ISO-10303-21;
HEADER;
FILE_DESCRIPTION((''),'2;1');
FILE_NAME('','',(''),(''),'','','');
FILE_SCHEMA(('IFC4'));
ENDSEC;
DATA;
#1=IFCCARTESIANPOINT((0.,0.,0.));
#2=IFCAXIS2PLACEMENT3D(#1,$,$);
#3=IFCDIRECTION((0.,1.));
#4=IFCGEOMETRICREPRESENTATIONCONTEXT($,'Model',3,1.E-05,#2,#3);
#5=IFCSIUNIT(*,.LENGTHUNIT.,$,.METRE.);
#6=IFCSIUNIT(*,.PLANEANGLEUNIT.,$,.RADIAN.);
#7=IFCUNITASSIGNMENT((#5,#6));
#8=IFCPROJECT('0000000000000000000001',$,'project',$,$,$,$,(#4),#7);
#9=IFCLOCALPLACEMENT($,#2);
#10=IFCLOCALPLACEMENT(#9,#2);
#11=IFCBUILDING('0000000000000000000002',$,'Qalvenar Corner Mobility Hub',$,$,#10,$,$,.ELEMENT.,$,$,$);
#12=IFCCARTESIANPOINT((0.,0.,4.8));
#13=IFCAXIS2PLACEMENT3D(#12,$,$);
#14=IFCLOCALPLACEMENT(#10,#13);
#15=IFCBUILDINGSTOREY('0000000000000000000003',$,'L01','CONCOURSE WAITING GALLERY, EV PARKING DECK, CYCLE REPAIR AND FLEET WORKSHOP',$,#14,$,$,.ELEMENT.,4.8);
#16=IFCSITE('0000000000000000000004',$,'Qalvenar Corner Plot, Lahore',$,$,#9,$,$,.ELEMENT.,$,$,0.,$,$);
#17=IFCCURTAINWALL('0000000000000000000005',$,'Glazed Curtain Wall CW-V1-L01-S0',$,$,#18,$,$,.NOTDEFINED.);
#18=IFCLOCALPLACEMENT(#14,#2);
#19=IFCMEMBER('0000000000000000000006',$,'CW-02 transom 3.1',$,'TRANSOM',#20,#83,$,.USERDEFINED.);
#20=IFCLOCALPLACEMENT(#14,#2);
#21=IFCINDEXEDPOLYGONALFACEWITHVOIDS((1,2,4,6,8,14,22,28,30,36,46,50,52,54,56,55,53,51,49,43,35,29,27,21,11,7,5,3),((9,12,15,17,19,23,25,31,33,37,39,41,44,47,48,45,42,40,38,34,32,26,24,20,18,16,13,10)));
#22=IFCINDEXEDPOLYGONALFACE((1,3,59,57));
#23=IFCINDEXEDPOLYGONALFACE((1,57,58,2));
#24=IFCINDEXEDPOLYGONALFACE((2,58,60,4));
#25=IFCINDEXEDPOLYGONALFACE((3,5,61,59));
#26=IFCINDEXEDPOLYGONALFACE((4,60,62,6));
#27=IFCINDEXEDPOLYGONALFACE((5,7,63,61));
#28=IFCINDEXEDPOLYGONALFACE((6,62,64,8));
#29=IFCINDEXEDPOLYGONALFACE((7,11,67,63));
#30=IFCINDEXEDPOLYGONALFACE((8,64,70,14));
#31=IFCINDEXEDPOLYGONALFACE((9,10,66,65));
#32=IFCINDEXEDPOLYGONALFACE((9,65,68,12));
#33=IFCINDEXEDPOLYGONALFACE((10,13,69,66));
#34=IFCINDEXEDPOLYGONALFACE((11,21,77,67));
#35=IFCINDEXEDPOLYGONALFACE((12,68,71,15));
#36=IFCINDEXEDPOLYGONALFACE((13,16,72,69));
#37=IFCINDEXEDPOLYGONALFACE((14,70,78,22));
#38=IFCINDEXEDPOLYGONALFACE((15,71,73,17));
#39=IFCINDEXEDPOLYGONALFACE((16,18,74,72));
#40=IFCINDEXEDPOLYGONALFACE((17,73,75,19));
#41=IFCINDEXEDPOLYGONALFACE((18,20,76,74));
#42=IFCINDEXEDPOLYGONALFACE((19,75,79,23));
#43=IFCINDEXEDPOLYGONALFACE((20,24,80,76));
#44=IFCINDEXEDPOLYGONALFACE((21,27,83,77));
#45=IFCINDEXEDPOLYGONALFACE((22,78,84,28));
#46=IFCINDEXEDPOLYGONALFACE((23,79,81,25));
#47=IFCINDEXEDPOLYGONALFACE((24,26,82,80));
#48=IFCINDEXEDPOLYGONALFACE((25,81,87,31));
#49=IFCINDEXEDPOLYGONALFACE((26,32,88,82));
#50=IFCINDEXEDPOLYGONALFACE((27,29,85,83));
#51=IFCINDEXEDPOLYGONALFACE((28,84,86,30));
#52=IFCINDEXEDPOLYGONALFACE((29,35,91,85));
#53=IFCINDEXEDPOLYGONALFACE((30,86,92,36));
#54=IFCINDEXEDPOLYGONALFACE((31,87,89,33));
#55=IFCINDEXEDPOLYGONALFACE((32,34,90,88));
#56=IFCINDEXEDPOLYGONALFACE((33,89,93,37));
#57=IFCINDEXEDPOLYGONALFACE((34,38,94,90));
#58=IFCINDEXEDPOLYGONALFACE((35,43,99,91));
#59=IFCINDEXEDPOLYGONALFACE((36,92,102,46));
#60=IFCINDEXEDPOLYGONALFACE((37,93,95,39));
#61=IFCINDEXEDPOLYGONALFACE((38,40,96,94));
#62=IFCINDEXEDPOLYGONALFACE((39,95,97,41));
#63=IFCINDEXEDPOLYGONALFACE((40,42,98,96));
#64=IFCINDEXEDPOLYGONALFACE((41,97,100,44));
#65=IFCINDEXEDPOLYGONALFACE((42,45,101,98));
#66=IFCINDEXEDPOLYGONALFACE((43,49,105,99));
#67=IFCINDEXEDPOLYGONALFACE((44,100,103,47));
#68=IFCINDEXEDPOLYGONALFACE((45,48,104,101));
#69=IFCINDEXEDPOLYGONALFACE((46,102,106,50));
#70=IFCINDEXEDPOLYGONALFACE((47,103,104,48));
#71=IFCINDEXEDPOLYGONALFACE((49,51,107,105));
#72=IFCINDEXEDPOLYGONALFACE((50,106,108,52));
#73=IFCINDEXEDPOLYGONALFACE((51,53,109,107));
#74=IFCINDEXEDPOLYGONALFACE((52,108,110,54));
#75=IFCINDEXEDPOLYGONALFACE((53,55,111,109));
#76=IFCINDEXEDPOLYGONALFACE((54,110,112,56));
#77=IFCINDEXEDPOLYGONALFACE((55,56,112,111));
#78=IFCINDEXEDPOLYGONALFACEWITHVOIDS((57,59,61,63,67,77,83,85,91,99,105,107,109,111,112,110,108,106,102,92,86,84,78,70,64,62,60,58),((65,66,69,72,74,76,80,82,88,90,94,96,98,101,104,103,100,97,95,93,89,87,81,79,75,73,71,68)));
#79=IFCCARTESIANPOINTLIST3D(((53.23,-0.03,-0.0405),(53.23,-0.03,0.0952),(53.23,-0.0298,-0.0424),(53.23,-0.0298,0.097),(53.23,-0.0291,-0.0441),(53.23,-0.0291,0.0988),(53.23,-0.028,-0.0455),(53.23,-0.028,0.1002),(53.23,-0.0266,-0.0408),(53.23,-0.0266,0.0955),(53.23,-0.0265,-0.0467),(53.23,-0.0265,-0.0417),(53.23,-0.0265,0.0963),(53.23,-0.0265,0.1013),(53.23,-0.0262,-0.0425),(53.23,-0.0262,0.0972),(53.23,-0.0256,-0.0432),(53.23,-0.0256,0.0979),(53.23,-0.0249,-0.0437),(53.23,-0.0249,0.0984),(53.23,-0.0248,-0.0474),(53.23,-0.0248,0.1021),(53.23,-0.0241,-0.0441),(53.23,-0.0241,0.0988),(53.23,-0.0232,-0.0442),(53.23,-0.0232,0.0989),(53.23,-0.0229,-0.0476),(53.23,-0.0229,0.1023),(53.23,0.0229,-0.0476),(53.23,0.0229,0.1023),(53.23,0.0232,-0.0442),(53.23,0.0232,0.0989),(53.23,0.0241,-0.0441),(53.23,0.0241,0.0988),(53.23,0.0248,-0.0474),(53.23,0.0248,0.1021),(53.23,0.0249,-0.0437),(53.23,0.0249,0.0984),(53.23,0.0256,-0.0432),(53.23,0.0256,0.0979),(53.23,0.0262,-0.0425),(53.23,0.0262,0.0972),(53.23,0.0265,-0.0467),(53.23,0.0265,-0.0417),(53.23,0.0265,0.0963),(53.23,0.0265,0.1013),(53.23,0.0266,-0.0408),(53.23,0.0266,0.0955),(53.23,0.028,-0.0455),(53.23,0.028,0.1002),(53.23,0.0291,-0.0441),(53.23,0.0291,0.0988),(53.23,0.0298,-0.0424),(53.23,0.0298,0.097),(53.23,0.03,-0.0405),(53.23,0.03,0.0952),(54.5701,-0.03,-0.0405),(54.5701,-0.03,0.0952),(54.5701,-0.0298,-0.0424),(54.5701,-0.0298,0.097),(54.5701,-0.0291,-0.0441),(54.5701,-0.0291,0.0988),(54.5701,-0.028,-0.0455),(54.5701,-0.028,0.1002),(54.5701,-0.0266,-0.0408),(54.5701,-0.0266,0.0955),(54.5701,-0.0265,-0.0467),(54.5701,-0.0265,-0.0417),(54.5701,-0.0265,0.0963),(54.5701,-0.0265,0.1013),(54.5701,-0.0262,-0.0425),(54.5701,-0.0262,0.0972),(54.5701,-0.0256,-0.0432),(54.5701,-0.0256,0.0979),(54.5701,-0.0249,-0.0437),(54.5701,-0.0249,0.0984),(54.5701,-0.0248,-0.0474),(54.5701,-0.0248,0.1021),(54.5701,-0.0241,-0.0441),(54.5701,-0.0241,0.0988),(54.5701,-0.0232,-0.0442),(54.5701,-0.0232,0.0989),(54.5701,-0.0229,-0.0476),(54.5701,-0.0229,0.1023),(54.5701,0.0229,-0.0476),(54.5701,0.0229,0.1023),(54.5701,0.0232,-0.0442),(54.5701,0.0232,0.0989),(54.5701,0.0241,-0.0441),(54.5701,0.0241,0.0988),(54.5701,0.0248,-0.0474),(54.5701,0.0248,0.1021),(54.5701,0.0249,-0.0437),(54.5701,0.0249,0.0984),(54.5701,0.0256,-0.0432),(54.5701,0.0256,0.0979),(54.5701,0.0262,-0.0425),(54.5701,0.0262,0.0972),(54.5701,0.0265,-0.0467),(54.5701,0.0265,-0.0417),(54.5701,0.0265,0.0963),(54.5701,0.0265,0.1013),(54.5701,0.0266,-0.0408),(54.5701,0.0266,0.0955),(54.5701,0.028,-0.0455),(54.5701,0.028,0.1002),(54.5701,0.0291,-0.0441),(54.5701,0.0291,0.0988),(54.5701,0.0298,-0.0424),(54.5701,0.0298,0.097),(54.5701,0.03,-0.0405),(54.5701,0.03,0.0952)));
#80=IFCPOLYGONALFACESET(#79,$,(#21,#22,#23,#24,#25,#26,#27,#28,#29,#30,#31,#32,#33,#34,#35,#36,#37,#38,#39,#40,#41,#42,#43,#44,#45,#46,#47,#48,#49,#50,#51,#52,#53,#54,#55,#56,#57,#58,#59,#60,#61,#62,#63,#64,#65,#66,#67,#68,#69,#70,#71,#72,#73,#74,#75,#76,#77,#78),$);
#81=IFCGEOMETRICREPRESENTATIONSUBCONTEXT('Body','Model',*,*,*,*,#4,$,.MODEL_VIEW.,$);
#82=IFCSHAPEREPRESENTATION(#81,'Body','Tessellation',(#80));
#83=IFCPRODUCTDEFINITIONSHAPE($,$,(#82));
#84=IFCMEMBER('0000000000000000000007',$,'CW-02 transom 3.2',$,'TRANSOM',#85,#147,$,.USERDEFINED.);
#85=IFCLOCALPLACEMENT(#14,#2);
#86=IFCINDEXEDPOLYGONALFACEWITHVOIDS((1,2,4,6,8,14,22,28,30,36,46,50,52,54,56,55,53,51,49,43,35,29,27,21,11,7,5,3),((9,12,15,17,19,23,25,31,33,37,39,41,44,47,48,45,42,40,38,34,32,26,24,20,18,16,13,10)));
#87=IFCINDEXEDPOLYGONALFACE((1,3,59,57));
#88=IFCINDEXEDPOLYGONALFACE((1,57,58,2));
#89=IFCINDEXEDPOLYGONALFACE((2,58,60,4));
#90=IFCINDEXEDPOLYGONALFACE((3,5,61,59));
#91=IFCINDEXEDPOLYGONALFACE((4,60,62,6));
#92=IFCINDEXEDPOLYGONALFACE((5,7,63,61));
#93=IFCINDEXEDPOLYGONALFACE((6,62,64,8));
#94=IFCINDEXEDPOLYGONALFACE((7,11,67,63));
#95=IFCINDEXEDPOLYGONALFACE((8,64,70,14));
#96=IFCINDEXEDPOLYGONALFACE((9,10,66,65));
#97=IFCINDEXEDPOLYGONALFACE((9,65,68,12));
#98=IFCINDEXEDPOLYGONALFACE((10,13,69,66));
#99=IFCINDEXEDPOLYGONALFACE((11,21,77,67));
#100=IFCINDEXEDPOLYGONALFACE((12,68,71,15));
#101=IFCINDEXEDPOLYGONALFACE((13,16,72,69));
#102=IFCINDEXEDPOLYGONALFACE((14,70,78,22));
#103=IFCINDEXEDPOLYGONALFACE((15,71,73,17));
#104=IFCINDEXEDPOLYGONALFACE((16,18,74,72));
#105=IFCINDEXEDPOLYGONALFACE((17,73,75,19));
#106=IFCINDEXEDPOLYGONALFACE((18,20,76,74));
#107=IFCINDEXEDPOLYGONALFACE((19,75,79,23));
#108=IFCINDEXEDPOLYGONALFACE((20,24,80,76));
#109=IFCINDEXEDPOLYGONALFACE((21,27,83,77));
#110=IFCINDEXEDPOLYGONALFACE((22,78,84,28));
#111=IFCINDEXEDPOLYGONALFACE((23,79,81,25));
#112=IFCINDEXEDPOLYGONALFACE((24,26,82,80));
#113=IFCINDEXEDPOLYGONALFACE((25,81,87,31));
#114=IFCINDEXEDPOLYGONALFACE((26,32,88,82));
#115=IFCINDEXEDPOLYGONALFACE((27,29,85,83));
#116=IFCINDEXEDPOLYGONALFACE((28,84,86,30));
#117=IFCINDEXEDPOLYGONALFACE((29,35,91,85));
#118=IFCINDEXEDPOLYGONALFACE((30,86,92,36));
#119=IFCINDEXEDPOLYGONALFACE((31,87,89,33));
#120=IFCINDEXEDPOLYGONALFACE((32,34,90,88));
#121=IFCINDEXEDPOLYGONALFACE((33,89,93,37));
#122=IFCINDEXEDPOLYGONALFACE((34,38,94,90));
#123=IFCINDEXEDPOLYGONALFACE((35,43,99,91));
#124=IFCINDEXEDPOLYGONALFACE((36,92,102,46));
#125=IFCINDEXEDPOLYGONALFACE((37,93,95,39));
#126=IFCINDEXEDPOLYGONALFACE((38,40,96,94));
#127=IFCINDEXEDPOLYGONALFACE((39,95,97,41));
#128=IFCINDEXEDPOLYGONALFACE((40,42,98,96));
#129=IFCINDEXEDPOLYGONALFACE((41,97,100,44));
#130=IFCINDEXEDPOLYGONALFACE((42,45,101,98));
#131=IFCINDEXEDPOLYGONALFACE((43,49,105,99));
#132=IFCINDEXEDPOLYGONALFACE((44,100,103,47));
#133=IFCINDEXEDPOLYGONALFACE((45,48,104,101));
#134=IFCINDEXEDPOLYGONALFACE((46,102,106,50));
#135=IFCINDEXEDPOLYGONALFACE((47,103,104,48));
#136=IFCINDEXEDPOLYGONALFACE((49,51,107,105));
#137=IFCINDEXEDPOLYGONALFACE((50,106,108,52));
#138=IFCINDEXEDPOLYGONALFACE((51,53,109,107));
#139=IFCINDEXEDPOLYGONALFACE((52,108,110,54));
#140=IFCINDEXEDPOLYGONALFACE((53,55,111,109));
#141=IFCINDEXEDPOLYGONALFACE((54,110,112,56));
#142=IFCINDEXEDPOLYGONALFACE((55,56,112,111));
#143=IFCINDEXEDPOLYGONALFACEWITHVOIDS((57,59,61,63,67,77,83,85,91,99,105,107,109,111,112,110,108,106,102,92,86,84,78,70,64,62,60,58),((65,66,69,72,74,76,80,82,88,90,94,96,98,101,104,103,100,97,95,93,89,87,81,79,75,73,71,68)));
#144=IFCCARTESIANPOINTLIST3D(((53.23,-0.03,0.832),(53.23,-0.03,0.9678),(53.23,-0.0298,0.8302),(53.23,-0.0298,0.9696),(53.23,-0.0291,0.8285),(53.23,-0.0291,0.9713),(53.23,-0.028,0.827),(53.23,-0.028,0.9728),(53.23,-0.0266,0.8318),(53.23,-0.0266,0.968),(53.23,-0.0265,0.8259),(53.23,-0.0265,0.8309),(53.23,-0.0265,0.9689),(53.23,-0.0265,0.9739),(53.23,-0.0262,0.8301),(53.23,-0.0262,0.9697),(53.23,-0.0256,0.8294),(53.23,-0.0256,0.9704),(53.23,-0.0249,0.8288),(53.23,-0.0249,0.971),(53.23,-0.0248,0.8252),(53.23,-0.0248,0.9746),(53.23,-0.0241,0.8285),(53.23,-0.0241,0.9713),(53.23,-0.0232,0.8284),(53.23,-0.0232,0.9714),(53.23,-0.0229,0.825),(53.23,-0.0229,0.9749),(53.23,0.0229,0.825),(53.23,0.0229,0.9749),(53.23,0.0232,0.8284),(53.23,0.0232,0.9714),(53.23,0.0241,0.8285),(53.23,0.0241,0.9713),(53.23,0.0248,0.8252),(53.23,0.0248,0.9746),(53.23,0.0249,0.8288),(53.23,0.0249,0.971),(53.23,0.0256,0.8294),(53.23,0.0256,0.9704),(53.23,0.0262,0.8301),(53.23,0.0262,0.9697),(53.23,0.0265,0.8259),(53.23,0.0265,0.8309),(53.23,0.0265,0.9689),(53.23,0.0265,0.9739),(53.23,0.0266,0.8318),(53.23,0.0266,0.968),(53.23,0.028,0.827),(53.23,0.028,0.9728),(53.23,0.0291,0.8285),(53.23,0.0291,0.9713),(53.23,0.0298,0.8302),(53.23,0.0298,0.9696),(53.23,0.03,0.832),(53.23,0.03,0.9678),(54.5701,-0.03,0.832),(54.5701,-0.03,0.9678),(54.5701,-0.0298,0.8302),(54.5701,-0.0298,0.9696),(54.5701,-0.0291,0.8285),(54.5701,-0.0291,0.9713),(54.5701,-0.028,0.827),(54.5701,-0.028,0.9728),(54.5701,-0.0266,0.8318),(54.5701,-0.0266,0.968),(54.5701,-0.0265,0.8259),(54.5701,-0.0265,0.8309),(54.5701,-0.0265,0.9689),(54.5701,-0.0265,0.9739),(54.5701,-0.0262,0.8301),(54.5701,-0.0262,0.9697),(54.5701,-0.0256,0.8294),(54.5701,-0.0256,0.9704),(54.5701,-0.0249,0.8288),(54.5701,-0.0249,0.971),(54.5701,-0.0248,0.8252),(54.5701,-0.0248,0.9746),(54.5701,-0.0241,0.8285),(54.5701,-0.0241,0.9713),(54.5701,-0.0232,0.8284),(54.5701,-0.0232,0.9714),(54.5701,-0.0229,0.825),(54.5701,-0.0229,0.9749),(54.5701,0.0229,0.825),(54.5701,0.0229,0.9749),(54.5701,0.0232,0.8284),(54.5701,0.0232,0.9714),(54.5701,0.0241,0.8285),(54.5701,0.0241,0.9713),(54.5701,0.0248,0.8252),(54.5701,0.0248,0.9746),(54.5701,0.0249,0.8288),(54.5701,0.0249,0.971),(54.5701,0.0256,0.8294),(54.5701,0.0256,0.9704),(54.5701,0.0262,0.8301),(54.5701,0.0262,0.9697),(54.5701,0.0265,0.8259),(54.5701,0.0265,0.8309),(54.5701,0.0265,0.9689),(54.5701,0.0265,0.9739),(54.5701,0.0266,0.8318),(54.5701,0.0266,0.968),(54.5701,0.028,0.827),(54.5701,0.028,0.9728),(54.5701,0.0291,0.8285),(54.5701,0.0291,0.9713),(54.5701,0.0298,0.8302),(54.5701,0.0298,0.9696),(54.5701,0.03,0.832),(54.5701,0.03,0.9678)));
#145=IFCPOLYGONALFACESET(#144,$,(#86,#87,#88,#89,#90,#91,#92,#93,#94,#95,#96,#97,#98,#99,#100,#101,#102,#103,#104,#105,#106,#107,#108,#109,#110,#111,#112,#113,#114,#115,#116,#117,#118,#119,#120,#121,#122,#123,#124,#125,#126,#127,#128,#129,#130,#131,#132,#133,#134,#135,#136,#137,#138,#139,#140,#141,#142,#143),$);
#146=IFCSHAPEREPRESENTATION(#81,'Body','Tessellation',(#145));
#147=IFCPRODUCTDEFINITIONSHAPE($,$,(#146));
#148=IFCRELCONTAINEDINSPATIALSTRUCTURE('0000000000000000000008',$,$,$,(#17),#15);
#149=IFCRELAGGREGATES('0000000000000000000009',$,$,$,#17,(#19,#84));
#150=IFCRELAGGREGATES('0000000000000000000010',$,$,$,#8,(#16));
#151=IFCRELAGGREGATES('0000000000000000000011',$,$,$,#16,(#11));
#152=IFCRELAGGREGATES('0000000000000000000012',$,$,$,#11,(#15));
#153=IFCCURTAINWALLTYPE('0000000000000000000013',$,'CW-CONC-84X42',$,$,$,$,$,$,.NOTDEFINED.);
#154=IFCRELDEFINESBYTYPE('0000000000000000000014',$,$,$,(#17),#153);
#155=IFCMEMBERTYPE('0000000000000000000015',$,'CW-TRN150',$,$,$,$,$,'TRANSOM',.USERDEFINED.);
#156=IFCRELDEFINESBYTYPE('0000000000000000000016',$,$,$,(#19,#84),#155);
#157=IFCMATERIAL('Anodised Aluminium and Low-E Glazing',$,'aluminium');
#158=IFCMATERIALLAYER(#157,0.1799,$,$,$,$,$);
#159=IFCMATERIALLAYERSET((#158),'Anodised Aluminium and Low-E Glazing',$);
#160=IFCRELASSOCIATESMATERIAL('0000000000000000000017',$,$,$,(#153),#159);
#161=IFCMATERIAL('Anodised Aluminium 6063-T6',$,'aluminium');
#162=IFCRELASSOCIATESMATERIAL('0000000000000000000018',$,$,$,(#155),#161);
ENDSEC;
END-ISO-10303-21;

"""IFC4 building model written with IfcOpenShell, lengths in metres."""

from ifc_helpers import new_model, si_unit, direction, frame, origin, origin_2d, place, context, subcontext, project, spatial, hollow_rectangle, extrude, material, layer, layer_set, material_profile, profile_set, type_object, element, aggregate, save


model = new_model("IFC4")

# Units and contexts
model_context = context("Model", 3, precision=1e-05, world=origin(), true_north=direction((0.0, 1.0)))
body_context = subcontext(model_context, "Body", "Model", "MODEL_VIEW")
ifc_project = project(units=[si_unit("LENGTHUNIT", "METRE"), si_unit("PLANEANGLEUNIT", "RADIAN")], contexts=[model_context])

# Site, building, storey
site_placement = place(None, origin())
site = spatial("IfcSite", under=ifc_project, at=site_placement, Name="Qalvenar Corner Plot, Lahore", CompositionType="ELEMENT", RefElevation=0.0)
building_placement = place(site_placement, origin())
building = spatial("IfcBuilding", under=site, at=building_placement, Name="Qalvenar Corner Mobility Hub", CompositionType="ELEMENT")
storey_placement = place(building_placement, frame((0.0, 0.0, 4.8)))
storey = spatial("IfcBuildingStorey", under=building, at=storey_placement, Name="L01", Description="CONCOURSE WAITING GALLERY, EV PARKING DECK, CYCLE REPAIR AND FLEET WORKSHOP", CompositionType="ELEMENT", Elevation=4.8)

# Curtain wall, members
ifc_material_1 = material(Name="Anodised Aluminium and Low-E Glazing", Category="aluminium")
ifc_layer_1 = layer(ifc_material_1, 0.1799)
ifc_layer_set_1 = layer_set([ifc_layer_1], Name="Anodised Aluminium and Low-E Glazing")
curtain_wall_type = type_object("IfcCurtainWallType", Name="CW-CONC-84X42", PredefinedType="NOTDEFINED", material=ifc_layer_set_1)
curtain_wall_placement = place(storey_placement, origin())
curtain_wall = element("IfcCurtainWall", 1, at=curtain_wall_placement, inside=storey, type_object=curtain_wall_type, Name="Glazed Curtain Wall CW-V1-L01-S0", PredefinedType="NOTDEFINED")
ifc_material_2 = material(Name="Anodised Aluminium 6063-T6", Category="aluminium")
ifc_material_profile_1 = material_profile(ifc_material_2, hollow_rectangle(XDim=0.0601, YDim=0.1499, WallThickness=0.0034, InnerFilletRadius=0.0034, OuterFilletRadius=0.0071, at=origin_2d()), Name="RHS150x60x3.5")
ifc_profile_set_1 = profile_set([ifc_material_profile_1], Name="Anodised Aluminium 6063-T6")
member_type_1 = type_object("IfcMemberType", Name="CW-TRN150", ElementType="TRANSOM", PredefinedType="USERDEFINED", material=ifc_profile_set_1)
member_1_placement = place(storey_placement, frame((53.23, 0.0, 0.0273), z_axis=(1.0, 0.0, 0.0), x_axis=(0.0, 1.0, 0.0)))
member_1 = element("IfcMember", 2, at=member_1_placement, type_object=member_type_1, Name="CW-02 transom 3.1", ObjectType="TRANSOM", PredefinedType="USERDEFINED", context=body_context, shape_type="SweptSolid", body=[
    extrude(hollow_rectangle(XDim=0.0601, YDim=0.1499, WallThickness=0.0034, InnerFilletRadius=0.0034, OuterFilletRadius=0.0071, at=origin_2d()), origin(), (0.0, 0.0, 1.0), 1.3401),
])
member_2_placement = place(storey_placement, frame((53.23, 0.0, 0.8999), z_axis=(1.0, 0.0, 0.0), x_axis=(0.0, 1.0, 0.0)))
member_2 = element("IfcMember", 3, at=member_2_placement, type_object=member_type_1, Name="CW-02 transom 3.2", ObjectType="TRANSOM", PredefinedType="USERDEFINED", context=body_context, shape_type="SweptSolid", body=[
    extrude(hollow_rectangle(XDim=0.0601, YDim=0.1499, WallThickness=0.0034, InnerFilletRadius=0.0034, OuterFilletRadius=0.0071, at=origin_2d()), origin(), (0.0, 0.0, 1.0), 1.3401),
])
aggregate(curtain_wall, [member_1, member_2])

save(model, "model.ifc")
